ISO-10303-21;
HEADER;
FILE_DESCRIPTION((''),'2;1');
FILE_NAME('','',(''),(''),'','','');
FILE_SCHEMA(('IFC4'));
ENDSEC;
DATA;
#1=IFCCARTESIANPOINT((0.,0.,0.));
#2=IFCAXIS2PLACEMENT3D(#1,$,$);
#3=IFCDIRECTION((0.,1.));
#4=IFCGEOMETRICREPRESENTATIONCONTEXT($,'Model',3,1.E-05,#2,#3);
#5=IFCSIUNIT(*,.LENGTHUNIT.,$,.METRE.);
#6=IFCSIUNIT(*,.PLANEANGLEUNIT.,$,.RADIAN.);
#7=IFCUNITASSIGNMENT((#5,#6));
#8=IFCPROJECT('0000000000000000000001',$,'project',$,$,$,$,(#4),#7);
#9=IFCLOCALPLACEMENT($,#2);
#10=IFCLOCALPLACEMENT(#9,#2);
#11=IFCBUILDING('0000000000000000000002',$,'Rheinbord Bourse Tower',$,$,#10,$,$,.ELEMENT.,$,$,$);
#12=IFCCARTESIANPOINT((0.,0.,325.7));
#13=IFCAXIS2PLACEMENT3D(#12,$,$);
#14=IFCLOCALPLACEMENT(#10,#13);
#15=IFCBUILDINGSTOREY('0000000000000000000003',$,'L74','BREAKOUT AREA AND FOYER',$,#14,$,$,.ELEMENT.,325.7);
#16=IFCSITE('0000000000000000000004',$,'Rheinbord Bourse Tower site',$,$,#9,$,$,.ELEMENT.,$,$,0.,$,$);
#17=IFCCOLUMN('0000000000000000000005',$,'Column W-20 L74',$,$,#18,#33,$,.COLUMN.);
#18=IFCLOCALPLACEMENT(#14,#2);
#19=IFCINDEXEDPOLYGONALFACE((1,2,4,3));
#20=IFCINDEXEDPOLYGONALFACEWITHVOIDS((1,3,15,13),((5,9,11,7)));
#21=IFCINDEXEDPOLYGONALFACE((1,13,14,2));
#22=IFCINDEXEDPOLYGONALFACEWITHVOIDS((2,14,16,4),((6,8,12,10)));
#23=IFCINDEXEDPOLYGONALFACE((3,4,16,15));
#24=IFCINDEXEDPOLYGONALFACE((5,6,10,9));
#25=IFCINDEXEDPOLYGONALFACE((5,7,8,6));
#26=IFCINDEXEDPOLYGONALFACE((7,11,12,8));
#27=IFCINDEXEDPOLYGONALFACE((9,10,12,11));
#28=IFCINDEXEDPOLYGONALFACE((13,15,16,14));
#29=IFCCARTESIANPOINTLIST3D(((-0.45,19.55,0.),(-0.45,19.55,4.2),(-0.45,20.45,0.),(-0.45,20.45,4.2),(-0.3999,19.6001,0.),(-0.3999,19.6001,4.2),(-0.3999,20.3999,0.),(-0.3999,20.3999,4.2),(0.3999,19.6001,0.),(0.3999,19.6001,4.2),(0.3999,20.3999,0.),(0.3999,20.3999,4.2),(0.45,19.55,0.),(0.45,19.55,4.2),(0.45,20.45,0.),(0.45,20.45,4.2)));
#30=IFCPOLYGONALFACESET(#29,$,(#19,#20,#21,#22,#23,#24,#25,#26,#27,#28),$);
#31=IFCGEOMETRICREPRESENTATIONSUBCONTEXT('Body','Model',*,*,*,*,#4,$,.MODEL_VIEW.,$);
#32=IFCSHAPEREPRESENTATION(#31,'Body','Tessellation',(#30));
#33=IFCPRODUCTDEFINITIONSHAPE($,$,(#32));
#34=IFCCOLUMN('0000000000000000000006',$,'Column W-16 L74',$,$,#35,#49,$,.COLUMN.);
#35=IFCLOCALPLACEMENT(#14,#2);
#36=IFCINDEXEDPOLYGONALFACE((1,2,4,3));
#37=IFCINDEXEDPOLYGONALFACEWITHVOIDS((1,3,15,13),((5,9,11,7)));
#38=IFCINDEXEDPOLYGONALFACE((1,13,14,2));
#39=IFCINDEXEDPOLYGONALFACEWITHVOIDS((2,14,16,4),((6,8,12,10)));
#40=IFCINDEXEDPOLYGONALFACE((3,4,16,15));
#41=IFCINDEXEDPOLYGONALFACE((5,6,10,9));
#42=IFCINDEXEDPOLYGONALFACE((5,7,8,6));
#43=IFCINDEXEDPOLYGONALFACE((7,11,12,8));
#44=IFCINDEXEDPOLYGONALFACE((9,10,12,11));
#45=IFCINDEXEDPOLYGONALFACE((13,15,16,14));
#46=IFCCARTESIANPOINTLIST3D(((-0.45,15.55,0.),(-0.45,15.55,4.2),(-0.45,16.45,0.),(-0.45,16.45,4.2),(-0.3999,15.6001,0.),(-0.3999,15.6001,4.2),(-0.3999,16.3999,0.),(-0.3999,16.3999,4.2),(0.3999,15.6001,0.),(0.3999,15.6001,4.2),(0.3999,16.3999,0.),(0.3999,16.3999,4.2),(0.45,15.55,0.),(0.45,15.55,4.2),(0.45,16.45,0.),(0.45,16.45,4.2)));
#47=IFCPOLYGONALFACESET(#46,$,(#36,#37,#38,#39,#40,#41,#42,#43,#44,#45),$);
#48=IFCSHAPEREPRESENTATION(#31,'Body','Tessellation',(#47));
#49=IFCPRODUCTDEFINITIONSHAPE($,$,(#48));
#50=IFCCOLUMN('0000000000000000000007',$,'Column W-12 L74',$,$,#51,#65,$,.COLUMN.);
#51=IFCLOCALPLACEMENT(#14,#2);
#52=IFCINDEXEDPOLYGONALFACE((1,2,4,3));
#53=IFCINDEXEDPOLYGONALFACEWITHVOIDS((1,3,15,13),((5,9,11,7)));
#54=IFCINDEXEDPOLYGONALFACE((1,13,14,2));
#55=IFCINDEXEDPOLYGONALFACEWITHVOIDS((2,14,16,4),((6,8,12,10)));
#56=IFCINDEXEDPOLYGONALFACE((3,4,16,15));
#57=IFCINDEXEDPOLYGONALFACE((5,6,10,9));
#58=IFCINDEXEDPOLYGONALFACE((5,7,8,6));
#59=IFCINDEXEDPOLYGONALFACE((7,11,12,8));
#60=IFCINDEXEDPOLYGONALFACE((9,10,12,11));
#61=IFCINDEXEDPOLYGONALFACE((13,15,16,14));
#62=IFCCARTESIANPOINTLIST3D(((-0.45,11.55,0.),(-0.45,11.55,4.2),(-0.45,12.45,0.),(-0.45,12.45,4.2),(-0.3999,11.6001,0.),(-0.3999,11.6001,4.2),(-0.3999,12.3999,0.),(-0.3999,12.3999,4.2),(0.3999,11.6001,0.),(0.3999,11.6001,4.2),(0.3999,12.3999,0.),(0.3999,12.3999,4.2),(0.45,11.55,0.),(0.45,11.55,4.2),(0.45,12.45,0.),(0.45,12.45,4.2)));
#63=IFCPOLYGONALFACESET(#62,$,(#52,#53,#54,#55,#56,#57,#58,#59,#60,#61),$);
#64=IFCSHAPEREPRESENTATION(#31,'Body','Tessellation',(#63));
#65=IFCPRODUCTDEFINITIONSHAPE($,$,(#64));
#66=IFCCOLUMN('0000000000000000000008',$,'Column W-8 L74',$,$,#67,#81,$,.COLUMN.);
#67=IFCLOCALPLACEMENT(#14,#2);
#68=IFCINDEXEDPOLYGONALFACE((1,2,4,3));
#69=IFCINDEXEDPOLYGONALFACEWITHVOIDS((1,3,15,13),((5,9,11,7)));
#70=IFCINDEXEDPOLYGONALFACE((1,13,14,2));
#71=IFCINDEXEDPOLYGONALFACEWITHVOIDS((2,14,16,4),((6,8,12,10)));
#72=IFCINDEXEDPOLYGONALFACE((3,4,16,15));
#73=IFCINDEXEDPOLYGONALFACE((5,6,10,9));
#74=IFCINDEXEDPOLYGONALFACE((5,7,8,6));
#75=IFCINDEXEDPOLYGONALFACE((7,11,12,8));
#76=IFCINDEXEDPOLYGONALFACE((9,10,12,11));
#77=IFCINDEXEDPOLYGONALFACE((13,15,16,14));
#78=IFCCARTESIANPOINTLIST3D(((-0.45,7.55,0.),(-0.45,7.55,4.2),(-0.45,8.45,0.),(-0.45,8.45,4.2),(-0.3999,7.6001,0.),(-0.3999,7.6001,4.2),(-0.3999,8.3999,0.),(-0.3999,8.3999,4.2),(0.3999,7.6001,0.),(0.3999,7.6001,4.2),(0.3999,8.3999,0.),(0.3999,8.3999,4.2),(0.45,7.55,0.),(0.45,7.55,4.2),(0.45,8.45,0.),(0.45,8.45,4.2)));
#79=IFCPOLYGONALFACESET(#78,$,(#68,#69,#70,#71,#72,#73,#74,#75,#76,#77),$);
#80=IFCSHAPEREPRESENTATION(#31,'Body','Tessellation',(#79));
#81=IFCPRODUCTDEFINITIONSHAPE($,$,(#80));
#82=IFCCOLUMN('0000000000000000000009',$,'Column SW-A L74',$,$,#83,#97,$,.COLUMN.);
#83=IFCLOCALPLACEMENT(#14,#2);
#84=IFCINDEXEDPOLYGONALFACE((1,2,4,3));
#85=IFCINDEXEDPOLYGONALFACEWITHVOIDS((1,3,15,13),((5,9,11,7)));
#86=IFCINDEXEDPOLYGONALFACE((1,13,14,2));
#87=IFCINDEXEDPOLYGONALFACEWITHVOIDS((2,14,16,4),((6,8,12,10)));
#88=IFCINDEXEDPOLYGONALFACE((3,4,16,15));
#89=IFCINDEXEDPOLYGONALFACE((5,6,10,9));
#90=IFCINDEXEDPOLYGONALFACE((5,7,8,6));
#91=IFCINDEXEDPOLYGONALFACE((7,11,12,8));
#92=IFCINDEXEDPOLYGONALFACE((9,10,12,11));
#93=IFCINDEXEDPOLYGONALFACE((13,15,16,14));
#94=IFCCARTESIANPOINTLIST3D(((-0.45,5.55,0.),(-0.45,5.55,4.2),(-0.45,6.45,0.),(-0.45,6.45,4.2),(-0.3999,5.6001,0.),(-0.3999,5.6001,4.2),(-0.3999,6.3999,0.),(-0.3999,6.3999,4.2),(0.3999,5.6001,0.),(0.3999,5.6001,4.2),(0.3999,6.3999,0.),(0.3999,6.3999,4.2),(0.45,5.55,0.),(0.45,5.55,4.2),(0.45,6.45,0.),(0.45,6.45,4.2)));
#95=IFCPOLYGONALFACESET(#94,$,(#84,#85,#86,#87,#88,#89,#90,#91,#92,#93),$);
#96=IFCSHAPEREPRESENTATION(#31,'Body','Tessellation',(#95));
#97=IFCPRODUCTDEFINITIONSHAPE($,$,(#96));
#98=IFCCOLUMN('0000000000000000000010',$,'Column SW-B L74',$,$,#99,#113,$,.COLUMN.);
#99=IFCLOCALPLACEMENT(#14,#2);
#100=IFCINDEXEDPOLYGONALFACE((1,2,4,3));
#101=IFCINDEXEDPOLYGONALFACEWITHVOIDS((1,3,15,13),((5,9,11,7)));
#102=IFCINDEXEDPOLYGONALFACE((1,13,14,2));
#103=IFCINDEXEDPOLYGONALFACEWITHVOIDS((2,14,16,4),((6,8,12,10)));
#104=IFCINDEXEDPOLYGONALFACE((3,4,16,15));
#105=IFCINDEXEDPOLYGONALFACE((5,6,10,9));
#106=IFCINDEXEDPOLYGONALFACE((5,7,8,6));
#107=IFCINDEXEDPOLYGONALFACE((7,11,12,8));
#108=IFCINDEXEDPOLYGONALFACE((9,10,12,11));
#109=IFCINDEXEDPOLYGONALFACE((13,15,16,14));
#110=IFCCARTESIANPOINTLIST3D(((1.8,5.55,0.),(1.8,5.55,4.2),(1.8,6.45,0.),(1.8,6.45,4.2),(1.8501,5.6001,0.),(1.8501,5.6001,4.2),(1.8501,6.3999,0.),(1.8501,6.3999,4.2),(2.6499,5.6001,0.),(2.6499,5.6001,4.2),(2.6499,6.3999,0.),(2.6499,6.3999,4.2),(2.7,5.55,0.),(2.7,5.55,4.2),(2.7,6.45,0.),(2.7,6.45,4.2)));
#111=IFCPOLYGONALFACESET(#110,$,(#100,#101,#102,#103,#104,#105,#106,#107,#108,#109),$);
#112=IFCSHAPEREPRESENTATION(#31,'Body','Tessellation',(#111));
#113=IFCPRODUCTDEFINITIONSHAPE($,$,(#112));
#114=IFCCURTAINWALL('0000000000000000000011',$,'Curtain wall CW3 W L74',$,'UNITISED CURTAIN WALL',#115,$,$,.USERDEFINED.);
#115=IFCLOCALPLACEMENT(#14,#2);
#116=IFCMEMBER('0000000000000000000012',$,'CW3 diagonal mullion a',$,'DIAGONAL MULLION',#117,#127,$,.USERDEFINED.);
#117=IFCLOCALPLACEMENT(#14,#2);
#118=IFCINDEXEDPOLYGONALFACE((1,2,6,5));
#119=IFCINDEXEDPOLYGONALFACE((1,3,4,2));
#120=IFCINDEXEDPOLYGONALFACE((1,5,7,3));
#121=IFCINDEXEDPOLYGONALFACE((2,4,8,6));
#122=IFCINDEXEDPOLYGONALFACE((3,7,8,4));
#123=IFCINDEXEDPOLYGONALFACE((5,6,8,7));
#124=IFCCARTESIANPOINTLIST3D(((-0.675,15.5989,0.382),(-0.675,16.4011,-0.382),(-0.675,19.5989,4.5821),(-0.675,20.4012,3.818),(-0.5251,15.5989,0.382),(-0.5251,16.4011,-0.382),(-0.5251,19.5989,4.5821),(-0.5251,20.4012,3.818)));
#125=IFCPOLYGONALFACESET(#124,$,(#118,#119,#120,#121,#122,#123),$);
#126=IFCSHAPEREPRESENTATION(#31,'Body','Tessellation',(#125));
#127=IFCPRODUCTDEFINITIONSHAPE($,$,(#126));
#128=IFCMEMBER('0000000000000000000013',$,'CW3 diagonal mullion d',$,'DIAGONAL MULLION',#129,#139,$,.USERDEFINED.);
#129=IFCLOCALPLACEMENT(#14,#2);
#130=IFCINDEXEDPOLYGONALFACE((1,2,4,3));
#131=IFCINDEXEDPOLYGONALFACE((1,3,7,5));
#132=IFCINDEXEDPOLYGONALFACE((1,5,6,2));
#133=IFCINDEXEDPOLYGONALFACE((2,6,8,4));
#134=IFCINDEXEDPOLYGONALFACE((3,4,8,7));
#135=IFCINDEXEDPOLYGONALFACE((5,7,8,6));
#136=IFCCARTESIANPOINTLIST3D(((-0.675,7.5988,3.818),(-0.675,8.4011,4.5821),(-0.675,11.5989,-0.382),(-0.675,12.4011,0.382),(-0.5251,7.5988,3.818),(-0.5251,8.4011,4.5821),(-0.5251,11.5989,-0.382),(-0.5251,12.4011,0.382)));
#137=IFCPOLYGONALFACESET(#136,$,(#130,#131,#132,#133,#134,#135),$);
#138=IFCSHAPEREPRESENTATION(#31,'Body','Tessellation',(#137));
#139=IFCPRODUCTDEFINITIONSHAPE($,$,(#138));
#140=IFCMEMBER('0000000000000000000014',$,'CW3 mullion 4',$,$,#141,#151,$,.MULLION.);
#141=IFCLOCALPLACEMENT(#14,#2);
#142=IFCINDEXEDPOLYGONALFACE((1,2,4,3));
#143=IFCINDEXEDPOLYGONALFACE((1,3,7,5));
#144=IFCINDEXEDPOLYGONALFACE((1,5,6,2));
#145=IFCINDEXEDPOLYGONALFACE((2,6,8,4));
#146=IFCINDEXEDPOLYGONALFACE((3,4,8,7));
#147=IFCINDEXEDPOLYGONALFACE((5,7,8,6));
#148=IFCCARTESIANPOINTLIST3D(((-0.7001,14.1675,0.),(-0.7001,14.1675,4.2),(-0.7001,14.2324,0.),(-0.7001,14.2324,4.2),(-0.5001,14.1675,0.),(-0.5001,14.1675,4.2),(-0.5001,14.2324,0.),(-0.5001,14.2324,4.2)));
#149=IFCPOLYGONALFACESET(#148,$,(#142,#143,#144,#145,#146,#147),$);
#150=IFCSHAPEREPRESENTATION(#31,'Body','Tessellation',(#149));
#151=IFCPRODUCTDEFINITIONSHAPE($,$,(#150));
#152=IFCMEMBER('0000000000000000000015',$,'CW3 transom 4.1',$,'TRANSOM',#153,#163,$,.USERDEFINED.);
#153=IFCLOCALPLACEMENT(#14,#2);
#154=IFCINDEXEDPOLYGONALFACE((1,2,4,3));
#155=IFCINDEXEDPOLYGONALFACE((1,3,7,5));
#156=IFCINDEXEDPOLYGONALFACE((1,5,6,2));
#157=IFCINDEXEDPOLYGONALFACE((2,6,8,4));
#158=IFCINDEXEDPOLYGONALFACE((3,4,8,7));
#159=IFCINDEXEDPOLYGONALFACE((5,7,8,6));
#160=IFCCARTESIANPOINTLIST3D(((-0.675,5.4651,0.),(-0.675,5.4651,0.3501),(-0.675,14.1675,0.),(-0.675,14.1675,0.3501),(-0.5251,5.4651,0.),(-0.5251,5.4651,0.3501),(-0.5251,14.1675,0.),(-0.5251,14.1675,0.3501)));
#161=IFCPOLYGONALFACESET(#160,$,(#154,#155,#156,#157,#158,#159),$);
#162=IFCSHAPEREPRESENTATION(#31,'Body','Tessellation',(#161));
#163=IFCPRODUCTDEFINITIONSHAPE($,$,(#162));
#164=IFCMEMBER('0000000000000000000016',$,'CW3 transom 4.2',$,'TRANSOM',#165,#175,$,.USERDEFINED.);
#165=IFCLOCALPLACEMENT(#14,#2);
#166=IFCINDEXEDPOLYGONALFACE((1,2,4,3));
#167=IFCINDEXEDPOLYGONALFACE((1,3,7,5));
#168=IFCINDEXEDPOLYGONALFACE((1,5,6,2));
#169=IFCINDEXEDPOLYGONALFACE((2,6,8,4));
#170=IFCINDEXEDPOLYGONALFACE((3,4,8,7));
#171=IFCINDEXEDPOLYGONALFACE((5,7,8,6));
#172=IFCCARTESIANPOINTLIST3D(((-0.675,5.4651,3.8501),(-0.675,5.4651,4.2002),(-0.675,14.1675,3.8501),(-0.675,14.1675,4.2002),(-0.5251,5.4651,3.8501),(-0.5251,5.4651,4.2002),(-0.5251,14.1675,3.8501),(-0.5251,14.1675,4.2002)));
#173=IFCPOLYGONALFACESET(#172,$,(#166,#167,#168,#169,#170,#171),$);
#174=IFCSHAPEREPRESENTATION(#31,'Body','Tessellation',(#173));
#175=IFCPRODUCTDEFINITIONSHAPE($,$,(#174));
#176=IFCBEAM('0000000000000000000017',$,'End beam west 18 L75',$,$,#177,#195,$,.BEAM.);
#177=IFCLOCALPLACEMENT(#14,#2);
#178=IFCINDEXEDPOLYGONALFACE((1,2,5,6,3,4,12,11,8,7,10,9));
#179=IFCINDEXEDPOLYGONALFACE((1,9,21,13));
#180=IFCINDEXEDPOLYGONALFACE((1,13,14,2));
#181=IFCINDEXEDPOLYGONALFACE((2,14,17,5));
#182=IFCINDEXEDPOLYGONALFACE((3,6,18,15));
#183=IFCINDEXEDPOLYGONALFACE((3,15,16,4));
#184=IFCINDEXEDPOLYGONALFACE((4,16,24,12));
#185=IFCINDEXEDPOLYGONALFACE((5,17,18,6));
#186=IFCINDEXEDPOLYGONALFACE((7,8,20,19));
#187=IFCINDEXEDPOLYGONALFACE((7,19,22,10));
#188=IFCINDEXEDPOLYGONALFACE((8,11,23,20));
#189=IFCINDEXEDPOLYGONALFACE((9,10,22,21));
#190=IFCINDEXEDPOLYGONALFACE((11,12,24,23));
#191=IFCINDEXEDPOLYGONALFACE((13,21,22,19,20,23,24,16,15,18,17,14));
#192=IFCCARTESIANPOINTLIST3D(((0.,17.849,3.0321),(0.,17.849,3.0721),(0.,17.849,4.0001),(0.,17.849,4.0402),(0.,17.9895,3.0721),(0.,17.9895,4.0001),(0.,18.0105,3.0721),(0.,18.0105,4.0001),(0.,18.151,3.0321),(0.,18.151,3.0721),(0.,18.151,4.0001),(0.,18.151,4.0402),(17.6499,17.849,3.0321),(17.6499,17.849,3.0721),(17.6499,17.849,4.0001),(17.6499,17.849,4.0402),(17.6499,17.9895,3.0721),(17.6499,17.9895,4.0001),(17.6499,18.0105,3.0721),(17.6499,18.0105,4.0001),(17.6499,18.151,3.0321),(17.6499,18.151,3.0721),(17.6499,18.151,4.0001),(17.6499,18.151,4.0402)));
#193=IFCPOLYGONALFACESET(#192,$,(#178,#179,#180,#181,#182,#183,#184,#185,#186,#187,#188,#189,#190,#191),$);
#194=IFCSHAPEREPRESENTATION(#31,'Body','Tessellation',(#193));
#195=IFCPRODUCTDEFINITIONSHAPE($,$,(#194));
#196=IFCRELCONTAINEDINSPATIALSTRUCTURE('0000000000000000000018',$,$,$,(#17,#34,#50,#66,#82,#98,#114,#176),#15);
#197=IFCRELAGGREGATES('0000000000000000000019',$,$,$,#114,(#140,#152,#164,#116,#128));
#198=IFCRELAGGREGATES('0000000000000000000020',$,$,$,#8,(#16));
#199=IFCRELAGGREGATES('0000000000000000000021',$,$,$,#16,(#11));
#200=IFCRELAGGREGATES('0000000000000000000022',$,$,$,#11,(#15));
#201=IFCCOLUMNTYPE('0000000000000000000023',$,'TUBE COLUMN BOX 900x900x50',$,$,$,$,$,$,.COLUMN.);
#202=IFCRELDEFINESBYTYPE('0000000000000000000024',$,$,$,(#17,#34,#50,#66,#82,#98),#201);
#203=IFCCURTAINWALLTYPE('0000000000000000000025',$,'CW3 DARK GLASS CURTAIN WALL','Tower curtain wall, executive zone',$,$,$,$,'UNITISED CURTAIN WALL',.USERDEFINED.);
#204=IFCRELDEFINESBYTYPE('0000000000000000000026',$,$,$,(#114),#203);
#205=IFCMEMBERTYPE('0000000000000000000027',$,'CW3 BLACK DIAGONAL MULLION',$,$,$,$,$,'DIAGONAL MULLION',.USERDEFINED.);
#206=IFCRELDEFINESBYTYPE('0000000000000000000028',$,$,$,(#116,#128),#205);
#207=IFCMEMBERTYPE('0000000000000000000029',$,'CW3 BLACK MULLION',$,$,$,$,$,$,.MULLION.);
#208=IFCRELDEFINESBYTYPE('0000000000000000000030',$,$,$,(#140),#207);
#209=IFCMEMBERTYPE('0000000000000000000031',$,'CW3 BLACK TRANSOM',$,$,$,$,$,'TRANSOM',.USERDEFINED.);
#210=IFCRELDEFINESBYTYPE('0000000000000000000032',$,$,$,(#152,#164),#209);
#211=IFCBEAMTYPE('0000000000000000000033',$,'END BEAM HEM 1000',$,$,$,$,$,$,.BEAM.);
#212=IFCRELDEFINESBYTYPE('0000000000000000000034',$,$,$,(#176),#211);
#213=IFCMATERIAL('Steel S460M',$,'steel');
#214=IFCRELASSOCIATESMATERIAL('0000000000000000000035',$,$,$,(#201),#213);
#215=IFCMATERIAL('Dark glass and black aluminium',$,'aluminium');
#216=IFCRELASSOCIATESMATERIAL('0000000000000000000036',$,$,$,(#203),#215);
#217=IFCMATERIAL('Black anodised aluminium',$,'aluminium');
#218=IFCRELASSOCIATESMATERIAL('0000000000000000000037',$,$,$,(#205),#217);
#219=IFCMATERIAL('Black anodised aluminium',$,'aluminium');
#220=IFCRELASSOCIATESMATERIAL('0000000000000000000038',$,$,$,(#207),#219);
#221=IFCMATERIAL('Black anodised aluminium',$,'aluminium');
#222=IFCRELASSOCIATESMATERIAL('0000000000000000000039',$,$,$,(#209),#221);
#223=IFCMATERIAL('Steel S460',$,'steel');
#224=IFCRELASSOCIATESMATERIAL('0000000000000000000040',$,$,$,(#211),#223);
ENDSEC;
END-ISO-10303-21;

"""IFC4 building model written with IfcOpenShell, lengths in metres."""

from ifc_helpers import new_model, si_unit, direction, frame, origin, origin_2d, place, context, subcontext, project, spatial, rectangle, hollow_rectangle, i_section, extrude, material, material_profile, profile_set, type_object, element, aggregate, save


model = new_model("IFC4")

# Units and contexts
model_context = context("Model", 3, precision=1e-05, world=origin(), true_north=direction((0.0, 1.0)))
body_context = subcontext(model_context, "Body", "Model", "MODEL_VIEW")
ifc_project = project(units=[si_unit("LENGTHUNIT", "METRE"), si_unit("PLANEANGLEUNIT", "RADIAN")], contexts=[model_context])

# Site, building, storey
site_placement = place(None, origin())
site = spatial("IfcSite", under=ifc_project, at=site_placement, Name="Rheinbord Bourse Tower site", CompositionType="ELEMENT", RefElevation=0.0)
building_placement = place(site_placement, origin())
building = spatial("IfcBuilding", under=site, at=building_placement, Name="Rheinbord Bourse Tower", CompositionType="ELEMENT")
storey_placement = place(building_placement, frame((0.0, 0.0, 325.7)))
storey = spatial("IfcBuildingStorey", under=building, at=storey_placement, Name="L74", Description="BREAKOUT AREA AND FOYER", CompositionType="ELEMENT", Elevation=325.7)

# Columns
ifc_material_1 = material(Name="Steel S460M", Category="steel")
ifc_material_profile_1 = material_profile(ifc_material_1, hollow_rectangle(XDim=0.8999, YDim=0.8999, WallThickness=0.05, at=origin_2d()), Name="BOX 900x900x50")
ifc_profile_set_1 = profile_set([ifc_material_profile_1], Name="Steel S460M")
column_type = type_object("IfcColumnType", Name="TUBE COLUMN BOX 900x900x50", PredefinedType="COLUMN", material=ifc_profile_set_1)
for number, where, z_axis, x_axis, name in (
    (1, (0.0, 20.0, 0.0), (0.0, 0.0, 1.0), (1.0, 0.0, 0.0), "Column W-20 L74"),
    (2, (0.0, 16.0, 0.0), (0.0, 0.0, 1.0), (1.0, 0.0, 0.0), "Column W-16 L74"),
    (3, (0.0, 12.0, 0.0), (0.0, 0.0, 1.0), (1.0, 0.0, 0.0), "Column W-12 L74"),
    (4, (0.0, 8.0, 0.0), (0.0, 0.0, 1.0), (1.0, 0.0, 0.0), "Column W-8 L74"),
    (5, (0.0, 6.0, 0.0), (0.0, 0.0, 1.0), (1.0, 0.0, 0.0), "Column SW-A L74"),
    (6, (2.25, 6.0, 0.0), (0.0, 0.0, 1.0), (1.0, 0.0, 0.0), "Column SW-B L74"),
):
    element("IfcColumn", number, at=place(storey_placement, frame(where, z_axis=z_axis, x_axis=x_axis)), inside=storey, type_object=column_type, Name=name, PredefinedType="COLUMN", context=body_context, shape_type="SweptSolid", body=[
        extrude(hollow_rectangle(XDim=0.8999, YDim=0.8999, WallThickness=0.05, at=origin_2d()), origin(), (0.0, 0.0, 1.0), 4.2),
    ])

# Curtain wall, members
ifc_material_2 = material(Name="Dark glass and black aluminium", Category="aluminium")
curtain_wall_type = type_object("IfcCurtainWallType", Name="CW3 DARK GLASS CURTAIN WALL", Description="Tower curtain wall, executive zone", ElementType="UNITISED CURTAIN WALL", PredefinedType="USERDEFINED", material=ifc_material_2)
curtain_wall_placement = place(storey_placement, origin())
curtain_wall = element("IfcCurtainWall", 7, at=curtain_wall_placement, inside=storey, type_object=curtain_wall_type, Name="Curtain wall CW3 W L74", ObjectType="UNITISED CURTAIN WALL", PredefinedType="USERDEFINED")
ifc_material_3 = material(Name="Black anodised aluminium", Category="aluminium")
ifc_material_profile_2 = material_profile(ifc_material_3, rectangle(XDim=0.1499, YDim=1.1079, at=origin_2d()), Name="CW3 DIAGONAL MULLION 1108x150")
ifc_profile_set_2 = profile_set([ifc_material_profile_2], Name="Black anodised aluminium")
member_type_1 = type_object("IfcMemberType", Name="CW3 BLACK DIAGONAL MULLION", ElementType="DIAGONAL MULLION", PredefinedType="USERDEFINED", material=ifc_profile_set_2)
member_1_placement = place(storey_placement, frame((-0.6001, 16.0, 0.0), z_axis=(0.0, 0.689659, 0.724134), x_axis=(-1.0, 0.0, 0.0)))
member_1 = element("IfcMember", 8, at=member_1_placement, type_object=member_type_1, Name="CW3 diagonal mullion a", ObjectType="DIAGONAL MULLION", PredefinedType="USERDEFINED", context=body_context, shape_type="SweptSolid", body=[
    extrude(rectangle(XDim=0.1499, YDim=1.1079, at=origin_2d()), origin(), (0.0, 0.0, 1.0), 5.8),
])
member_2_placement = place(storey_placement, frame((-0.6001, 12.0, 0.0), z_axis=(0.0, -0.689659, 0.724134), x_axis=(1.0, 0.0, 0.0)))
member_2 = element("IfcMember", 9, at=member_2_placement, type_object=member_type_1, Name="CW3 diagonal mullion d", ObjectType="DIAGONAL MULLION", PredefinedType="USERDEFINED", context=body_context, shape_type="SweptSolid", body=[
    extrude(rectangle(XDim=0.1499, YDim=1.1079, at=origin_2d()), origin(), (0.0, 0.0, 1.0), 5.8),
])
ifc_material_4 = material(Name="Black anodised aluminium", Category="aluminium")
ifc_material_profile_3 = material_profile(ifc_material_4, rectangle(XDim=0.2, YDim=0.0649, at=origin_2d()), Name="CW3 MULLION 65x200")
ifc_profile_set_3 = profile_set([ifc_material_profile_3], Name="Black anodised aluminium")
member_type_2 = type_object("IfcMemberType", Name="CW3 BLACK MULLION", PredefinedType="MULLION", material=ifc_profile_set_3)
member_3_placement = place(storey_placement, frame((-0.6001, 14.2, 0.0), z_axis=(0.0, 0.0, 1.0), x_axis=(1.0, 0.0, 0.0)))
member_3 = element("IfcMember", 10, at=member_3_placement, type_object=member_type_2, Name="CW3 mullion 4", PredefinedType="MULLION", context=body_context, shape_type="SweptSolid", body=[
    extrude(rectangle(XDim=0.2, YDim=0.0649, at=origin_2d()), origin(), (0.0, 0.0, 1.0), 4.2),
])
ifc_material_5 = material(Name="Black anodised aluminium", Category="aluminium")
ifc_material_profile_4 = material_profile(ifc_material_5, rectangle(XDim=0.1499, YDim=0.3501, at=origin_2d()), Name="CW3 TRANSOM 350x150")
ifc_profile_set_4 = profile_set([ifc_material_profile_4], Name="Black anodised aluminium")
member_type_3 = type_object("IfcMemberType", Name="CW3 BLACK TRANSOM", ElementType="TRANSOM", PredefinedType="USERDEFINED", material=ifc_profile_set_4)
member_4_placement = place(storey_placement, frame((-0.6001, 14.1675, 0.175), z_axis=(0.0, -1.0, 0.0), x_axis=(1.0, 0.0, 0.0)))
member_4 = element("IfcMember", 11, at=member_4_placement, type_object=member_type_3, Name="CW3 transom 4.1", ObjectType="TRANSOM", PredefinedType="USERDEFINED", context=body_context, shape_type="SweptSolid", body=[
    extrude(rectangle(XDim=0.1499, YDim=0.3501, at=origin_2d()), origin(), (0.0, 0.0, 1.0), 8.7024),
])
member_5_placement = place(storey_placement, frame((-0.6001, 14.1675, 4.0251), z_axis=(0.0, -1.0, 0.0), x_axis=(1.0, 0.0, 0.0)))
member_5 = element("IfcMember", 12, at=member_5_placement, type_object=member_type_3, Name="CW3 transom 4.2", ObjectType="TRANSOM", PredefinedType="USERDEFINED", context=body_context, shape_type="SweptSolid", body=[
    extrude(rectangle(XDim=0.1499, YDim=0.3501, at=origin_2d()), origin(), (0.0, 0.0, 1.0), 8.7024),
])

# Beam
ifc_material_6 = material(Name="Steel S460", Category="steel")
ifc_material_profile_5 = material_profile(ifc_material_6, i_section(OverallWidth=0.302, OverallDepth=1.0081, WebThickness=0.021, FlangeThickness=0.04, at=origin_2d()), Name="HEM 1000")
ifc_profile_set_5 = profile_set([ifc_material_profile_5], Name="Steel S460")
beam_type_1 = type_object("IfcBeamType", Name="END BEAM HEM 1000", PredefinedType="BEAM", material=ifc_profile_set_5)
for number, where, z_axis, x_axis, name in (
    (13, (0.0, 18.0, 3.5361), (1.0, 0.0, 0.0), (0.0, 1.0, 0.0), "End beam west 18 L75"),
):
    element("IfcBeam", number, at=place(storey_placement, frame(where, z_axis=z_axis, x_axis=x_axis)), inside=storey, type_object=beam_type_1, Name=name, PredefinedType="BEAM", context=body_context, shape_type="SweptSolid", body=[
        extrude(i_section(OverallWidth=0.302, OverallDepth=1.0081, WebThickness=0.021, FlangeThickness=0.04, at=origin_2d()), origin(), (0.0, 0.0, 1.0), 17.6499),
    ])

aggregate(curtain_wall, [member_3, member_4, member_5, member_1, member_2])

save(model, "model.ifc")
